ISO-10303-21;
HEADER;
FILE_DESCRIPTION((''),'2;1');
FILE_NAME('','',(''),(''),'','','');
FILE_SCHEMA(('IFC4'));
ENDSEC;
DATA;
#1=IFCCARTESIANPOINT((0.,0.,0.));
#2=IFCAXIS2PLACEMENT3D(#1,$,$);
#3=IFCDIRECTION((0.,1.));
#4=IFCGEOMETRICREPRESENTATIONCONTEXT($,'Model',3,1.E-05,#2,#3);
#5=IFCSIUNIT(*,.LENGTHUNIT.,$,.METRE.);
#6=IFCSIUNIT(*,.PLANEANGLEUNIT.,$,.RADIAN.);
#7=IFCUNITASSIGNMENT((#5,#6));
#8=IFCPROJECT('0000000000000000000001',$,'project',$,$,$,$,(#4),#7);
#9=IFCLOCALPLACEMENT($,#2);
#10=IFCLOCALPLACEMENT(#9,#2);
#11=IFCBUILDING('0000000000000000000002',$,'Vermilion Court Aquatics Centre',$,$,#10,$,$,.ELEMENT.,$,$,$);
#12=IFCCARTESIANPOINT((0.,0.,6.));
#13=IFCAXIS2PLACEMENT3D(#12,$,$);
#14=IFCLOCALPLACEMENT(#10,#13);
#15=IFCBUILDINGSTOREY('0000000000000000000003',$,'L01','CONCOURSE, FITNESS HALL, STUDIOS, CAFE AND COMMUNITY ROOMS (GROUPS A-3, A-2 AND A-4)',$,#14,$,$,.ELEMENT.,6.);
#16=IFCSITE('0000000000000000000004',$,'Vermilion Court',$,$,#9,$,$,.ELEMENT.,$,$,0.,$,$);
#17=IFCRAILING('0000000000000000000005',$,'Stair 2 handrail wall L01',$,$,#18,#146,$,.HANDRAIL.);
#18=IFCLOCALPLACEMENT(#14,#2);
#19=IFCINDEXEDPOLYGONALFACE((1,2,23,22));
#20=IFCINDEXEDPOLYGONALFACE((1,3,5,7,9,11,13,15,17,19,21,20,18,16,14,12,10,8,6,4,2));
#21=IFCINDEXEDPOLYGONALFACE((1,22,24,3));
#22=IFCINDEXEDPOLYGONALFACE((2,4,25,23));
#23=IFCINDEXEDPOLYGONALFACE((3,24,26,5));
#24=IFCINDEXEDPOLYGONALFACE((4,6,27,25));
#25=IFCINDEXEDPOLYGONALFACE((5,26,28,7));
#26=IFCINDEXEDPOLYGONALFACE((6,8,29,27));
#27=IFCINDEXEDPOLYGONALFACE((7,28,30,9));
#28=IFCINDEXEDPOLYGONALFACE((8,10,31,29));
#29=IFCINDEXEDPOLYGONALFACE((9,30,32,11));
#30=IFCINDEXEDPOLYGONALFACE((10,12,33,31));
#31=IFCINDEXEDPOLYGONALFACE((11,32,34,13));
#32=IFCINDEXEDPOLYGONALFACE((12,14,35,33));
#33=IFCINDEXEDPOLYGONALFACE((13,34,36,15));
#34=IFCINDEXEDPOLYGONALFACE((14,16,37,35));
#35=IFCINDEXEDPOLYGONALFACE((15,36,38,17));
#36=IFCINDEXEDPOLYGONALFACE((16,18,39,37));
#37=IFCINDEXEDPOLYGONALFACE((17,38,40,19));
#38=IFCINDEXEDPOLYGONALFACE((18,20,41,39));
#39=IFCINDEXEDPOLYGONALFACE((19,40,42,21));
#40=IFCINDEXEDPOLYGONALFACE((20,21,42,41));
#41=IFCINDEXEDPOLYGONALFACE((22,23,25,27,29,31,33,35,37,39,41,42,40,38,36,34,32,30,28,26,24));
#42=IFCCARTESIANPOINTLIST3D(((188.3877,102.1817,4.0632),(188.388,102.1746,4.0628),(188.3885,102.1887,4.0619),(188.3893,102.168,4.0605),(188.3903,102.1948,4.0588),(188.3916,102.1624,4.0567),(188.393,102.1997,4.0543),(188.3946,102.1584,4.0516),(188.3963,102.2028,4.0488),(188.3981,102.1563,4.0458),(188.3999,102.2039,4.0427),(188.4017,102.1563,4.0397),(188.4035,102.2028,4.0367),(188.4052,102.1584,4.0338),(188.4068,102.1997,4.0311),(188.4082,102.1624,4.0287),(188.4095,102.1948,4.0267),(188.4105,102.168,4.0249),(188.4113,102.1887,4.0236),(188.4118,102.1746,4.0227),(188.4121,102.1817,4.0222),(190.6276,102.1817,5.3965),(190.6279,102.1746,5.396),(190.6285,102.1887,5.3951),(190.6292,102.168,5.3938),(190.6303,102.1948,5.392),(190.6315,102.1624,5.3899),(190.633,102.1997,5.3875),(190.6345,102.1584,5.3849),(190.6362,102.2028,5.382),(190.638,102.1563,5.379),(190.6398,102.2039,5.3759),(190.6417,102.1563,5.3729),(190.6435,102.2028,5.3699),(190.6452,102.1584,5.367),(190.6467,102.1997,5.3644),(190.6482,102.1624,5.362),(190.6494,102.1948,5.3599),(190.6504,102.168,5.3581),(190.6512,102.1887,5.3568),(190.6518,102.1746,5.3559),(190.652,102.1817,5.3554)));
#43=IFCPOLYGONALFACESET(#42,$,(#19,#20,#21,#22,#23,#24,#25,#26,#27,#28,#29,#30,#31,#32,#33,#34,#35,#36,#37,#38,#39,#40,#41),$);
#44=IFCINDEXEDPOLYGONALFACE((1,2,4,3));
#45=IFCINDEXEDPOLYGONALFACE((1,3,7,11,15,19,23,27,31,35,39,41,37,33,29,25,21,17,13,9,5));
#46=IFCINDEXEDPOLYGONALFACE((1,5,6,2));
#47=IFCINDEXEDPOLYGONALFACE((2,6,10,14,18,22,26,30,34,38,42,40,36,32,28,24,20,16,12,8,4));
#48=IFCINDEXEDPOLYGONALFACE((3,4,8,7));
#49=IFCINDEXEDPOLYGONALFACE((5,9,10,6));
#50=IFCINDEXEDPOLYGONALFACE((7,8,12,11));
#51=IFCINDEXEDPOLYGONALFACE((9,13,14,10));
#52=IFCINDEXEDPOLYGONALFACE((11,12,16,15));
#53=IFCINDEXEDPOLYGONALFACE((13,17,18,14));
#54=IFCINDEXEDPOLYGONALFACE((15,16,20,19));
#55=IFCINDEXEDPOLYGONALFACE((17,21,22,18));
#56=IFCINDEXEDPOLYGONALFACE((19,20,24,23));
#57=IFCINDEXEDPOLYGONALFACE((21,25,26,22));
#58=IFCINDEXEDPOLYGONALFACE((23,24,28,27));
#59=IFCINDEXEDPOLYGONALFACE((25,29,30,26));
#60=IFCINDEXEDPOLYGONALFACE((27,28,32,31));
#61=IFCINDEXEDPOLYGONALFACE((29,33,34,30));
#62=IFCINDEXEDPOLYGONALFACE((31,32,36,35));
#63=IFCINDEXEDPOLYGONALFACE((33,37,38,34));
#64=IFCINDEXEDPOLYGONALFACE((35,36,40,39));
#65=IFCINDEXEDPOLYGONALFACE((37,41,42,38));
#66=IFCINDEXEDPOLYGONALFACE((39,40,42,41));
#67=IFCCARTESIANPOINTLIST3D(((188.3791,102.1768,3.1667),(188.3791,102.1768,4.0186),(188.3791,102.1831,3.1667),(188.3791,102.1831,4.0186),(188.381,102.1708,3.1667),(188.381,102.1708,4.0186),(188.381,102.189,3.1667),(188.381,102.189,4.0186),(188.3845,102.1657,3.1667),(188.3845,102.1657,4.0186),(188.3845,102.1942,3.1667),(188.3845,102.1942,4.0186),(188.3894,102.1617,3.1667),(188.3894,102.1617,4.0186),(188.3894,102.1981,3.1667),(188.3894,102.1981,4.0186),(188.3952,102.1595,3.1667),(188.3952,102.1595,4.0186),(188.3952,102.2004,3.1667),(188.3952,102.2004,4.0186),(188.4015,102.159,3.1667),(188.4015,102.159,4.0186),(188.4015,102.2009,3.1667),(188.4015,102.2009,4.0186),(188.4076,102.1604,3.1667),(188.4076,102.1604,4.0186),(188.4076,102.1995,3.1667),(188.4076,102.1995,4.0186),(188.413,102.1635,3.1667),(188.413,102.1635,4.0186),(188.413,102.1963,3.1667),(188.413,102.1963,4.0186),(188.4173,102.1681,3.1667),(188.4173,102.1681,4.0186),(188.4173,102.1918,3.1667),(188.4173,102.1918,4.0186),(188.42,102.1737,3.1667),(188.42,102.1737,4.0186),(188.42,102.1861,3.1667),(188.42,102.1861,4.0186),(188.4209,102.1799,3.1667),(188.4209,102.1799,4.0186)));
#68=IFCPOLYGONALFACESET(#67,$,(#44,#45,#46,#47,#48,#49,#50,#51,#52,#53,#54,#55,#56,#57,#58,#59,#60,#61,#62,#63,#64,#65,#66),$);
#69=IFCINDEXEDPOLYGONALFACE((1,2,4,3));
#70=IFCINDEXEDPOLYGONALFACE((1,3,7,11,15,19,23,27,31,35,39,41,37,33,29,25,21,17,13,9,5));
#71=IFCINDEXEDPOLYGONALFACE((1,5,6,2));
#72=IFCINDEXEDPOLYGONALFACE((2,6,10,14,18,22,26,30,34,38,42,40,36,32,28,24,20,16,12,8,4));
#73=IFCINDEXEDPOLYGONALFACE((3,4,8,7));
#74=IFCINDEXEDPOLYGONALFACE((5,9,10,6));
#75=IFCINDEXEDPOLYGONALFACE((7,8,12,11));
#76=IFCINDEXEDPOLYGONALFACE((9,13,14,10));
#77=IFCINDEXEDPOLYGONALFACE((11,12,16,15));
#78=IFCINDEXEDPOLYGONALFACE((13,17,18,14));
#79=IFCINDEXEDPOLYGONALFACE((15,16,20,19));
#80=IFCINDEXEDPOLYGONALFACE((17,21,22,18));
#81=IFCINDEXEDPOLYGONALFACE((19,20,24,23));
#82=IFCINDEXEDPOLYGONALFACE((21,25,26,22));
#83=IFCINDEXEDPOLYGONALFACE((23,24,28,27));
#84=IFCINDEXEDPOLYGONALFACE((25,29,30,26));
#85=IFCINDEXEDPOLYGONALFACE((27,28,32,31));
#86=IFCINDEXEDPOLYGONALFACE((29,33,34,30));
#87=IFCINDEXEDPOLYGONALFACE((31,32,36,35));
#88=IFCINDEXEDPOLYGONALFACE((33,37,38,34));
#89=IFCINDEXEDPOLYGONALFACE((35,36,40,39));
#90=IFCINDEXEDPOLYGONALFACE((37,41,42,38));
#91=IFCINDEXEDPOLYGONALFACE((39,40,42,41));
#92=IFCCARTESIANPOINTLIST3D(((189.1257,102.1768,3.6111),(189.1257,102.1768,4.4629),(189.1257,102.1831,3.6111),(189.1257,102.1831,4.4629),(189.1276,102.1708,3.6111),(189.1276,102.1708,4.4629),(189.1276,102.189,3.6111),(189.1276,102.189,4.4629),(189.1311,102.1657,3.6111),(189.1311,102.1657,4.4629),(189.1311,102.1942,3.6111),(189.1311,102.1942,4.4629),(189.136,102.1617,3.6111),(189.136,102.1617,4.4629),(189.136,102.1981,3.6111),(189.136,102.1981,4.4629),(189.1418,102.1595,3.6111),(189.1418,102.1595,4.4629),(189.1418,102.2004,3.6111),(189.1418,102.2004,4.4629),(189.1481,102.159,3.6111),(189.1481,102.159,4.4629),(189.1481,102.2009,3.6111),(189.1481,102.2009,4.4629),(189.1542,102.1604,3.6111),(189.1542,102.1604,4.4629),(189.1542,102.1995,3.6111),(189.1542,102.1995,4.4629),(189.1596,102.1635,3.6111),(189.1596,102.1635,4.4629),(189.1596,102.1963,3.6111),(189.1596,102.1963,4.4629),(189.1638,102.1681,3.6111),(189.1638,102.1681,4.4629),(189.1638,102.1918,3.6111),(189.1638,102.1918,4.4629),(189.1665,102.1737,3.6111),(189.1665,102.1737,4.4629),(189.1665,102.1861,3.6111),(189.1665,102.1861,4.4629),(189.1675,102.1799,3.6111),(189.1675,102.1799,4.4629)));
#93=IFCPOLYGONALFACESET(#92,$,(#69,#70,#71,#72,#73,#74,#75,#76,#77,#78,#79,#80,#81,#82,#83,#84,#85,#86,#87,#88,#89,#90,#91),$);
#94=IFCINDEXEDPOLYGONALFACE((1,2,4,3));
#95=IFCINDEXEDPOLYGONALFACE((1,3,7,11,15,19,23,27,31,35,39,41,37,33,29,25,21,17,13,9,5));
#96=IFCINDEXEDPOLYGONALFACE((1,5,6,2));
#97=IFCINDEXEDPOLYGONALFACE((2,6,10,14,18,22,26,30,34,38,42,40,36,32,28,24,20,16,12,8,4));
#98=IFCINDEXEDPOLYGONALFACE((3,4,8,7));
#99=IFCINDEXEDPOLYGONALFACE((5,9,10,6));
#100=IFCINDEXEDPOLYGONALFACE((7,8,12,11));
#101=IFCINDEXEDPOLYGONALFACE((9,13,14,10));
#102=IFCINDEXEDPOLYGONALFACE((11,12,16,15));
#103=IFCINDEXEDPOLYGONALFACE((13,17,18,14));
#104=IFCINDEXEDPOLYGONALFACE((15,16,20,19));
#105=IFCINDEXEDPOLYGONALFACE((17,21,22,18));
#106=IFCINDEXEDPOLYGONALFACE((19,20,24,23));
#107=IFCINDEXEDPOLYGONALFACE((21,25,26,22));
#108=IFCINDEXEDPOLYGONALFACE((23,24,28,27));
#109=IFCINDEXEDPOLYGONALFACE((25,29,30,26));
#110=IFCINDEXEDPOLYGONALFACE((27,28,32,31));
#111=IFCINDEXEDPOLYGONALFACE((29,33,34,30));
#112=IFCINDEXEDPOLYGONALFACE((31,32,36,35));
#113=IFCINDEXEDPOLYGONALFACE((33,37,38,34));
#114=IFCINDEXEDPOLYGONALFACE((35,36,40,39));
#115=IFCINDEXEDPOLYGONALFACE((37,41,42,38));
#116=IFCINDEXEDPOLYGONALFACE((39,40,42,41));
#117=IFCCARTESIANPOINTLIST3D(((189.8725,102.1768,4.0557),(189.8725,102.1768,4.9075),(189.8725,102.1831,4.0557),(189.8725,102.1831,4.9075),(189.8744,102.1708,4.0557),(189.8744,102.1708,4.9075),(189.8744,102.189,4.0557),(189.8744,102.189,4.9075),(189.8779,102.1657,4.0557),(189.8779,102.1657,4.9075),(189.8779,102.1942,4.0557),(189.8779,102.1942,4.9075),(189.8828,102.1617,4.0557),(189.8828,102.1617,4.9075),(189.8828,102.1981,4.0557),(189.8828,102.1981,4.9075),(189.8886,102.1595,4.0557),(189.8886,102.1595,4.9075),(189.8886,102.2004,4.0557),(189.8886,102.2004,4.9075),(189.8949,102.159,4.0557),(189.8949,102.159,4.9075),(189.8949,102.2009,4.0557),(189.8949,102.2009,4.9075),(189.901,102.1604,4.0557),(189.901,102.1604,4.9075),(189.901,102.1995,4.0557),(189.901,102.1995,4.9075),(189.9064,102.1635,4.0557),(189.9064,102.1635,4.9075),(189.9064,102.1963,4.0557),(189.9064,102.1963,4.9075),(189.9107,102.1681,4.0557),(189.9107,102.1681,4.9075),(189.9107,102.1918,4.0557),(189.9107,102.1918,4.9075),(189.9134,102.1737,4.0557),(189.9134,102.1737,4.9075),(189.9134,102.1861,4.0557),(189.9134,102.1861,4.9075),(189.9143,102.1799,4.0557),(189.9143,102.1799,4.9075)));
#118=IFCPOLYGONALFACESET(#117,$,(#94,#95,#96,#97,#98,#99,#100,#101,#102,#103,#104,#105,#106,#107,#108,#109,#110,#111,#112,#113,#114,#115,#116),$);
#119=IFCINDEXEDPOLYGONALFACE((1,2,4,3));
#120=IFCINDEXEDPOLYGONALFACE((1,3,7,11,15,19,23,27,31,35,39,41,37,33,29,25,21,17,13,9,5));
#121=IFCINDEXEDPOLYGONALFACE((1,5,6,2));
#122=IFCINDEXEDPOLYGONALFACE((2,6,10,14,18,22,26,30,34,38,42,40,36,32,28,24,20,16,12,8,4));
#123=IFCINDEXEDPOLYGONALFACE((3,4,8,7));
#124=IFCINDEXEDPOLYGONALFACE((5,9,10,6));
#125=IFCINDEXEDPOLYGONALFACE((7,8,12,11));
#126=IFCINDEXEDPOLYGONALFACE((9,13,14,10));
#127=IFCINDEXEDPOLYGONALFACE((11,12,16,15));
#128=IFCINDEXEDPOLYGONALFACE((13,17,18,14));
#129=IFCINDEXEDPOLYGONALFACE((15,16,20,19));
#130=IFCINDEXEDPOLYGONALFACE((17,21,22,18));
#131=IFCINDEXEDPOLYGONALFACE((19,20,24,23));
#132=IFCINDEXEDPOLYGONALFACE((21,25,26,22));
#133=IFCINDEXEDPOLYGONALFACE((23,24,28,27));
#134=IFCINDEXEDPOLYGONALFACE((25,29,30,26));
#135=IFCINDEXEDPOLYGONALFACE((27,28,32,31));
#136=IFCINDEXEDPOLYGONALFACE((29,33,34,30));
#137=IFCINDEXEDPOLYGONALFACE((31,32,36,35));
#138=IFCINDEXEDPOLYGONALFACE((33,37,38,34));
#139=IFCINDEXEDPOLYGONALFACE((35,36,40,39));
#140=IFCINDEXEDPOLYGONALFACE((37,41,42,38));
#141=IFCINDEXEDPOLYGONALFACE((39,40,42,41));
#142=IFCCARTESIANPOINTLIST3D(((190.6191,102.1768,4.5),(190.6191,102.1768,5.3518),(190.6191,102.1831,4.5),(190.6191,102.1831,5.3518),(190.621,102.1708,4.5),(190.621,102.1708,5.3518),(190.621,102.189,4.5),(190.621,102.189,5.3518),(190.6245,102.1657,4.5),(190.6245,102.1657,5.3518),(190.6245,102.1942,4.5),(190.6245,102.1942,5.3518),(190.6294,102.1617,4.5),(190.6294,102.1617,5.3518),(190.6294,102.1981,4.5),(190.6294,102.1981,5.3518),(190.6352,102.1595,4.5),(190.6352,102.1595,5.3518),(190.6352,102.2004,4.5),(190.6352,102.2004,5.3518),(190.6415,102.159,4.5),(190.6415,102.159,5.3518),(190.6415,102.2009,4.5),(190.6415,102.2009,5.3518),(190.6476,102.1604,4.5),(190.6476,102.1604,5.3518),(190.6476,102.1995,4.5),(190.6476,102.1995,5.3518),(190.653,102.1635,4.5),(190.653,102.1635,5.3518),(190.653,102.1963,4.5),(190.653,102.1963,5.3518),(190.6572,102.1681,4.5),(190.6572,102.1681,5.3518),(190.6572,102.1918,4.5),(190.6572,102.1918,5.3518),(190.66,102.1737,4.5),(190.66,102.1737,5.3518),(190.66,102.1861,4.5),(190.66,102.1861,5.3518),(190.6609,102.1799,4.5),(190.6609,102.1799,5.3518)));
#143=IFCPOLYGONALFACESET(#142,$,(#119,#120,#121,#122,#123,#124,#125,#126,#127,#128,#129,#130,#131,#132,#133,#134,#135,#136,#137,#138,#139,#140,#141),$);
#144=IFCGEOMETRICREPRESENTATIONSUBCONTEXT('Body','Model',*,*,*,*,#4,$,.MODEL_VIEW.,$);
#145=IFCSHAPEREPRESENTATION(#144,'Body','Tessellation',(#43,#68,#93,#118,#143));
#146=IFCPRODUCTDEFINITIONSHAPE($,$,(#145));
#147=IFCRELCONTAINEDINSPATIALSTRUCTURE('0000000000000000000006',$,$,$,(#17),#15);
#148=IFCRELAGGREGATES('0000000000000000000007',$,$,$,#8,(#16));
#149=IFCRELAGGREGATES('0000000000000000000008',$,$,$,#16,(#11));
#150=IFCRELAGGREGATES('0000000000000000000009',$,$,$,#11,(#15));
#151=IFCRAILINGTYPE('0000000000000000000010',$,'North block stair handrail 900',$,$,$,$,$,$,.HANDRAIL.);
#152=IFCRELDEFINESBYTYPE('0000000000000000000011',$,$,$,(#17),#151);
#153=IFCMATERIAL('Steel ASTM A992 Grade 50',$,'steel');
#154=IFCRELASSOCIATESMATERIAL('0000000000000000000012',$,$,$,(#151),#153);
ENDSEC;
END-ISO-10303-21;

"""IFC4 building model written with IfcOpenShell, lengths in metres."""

from ifc_helpers import new_model, si_unit, direction, frame, origin, origin_2d, place, context, subcontext, project, spatial, circle, extrude, material, type_object, element, save


model = new_model("IFC4")

# Units and contexts
model_context = context("Model", 3, precision=1e-05, world=origin(), true_north=direction((0.0, 1.0)))
body_context = subcontext(model_context, "Body", "Model", "MODEL_VIEW")
ifc_project = project(units=[si_unit("LENGTHUNIT", "METRE"), si_unit("PLANEANGLEUNIT", "RADIAN")], contexts=[model_context])

# Site, building, storey
site_placement = place(None, origin())
site = spatial("IfcSite", under=ifc_project, at=site_placement, Name="Vermilion Court", CompositionType="ELEMENT", RefElevation=0.0)
building_placement = place(site_placement, origin())
building = spatial("IfcBuilding", under=site, at=building_placement, Name="Vermilion Court Aquatics Centre", CompositionType="ELEMENT")
storey_placement = place(building_placement, frame((0.0, 0.0, 6.0)))
storey = spatial("IfcBuildingStorey", under=building, at=storey_placement, Name="L01", Description="CONCOURSE, FITNESS HALL, STUDIOS, CAFE AND COMMUNITY ROOMS (GROUPS A-3, A-2 AND A-4)", CompositionType="ELEMENT", Elevation=6.0)

# Railing
ifc_material_1 = material(Name="Steel ASTM A992 Grade 50", Category="steel")
railing_type_1 = type_object("IfcRailingType", Name="North block stair handrail 900", PredefinedType="HANDRAIL", material=ifc_material_1)
for number, where, name in (
    (1, (188.3999, 102.1799, 3.1667), "Stair 2 handrail wall L01"),
):
    element("IfcRailing", number, at=place(storey_placement, frame(where)), inside=storey, type_object=railing_type_1, Name=name, PredefinedType="HANDRAIL", context=body_context, shape_type="SweptSolid", body=[
        extrude(circle(Radius=0.0239, at=origin_2d()), frame((0.0, 0.0, 0.876), z_axis=(0.859306, 0.0, 0.511462), x_axis=(0.0, 1.0, 0.0)), (0.0, 0.0, 1.0), 2.6067),
        extrude(circle(Radius=0.021, at=origin_2d()), origin(), (0.0, 0.0, 1.0), 0.8518),
        extrude(circle(Radius=0.021, at=origin_2d()), frame((0.7466, 0.0, 0.4443)), (0.0, 0.0, 1.0), 0.8518),
        extrude(circle(Radius=0.021, at=origin_2d()), frame((1.4934, 0.0, 0.8889)), (0.0, 0.0, 1.0), 0.8518),
        extrude(circle(Radius=0.021, at=origin_2d()), frame((2.24, 0.0, 1.3333)), (0.0, 0.0, 1.0), 0.8518),
    ])

save(model, "model.ifc")
